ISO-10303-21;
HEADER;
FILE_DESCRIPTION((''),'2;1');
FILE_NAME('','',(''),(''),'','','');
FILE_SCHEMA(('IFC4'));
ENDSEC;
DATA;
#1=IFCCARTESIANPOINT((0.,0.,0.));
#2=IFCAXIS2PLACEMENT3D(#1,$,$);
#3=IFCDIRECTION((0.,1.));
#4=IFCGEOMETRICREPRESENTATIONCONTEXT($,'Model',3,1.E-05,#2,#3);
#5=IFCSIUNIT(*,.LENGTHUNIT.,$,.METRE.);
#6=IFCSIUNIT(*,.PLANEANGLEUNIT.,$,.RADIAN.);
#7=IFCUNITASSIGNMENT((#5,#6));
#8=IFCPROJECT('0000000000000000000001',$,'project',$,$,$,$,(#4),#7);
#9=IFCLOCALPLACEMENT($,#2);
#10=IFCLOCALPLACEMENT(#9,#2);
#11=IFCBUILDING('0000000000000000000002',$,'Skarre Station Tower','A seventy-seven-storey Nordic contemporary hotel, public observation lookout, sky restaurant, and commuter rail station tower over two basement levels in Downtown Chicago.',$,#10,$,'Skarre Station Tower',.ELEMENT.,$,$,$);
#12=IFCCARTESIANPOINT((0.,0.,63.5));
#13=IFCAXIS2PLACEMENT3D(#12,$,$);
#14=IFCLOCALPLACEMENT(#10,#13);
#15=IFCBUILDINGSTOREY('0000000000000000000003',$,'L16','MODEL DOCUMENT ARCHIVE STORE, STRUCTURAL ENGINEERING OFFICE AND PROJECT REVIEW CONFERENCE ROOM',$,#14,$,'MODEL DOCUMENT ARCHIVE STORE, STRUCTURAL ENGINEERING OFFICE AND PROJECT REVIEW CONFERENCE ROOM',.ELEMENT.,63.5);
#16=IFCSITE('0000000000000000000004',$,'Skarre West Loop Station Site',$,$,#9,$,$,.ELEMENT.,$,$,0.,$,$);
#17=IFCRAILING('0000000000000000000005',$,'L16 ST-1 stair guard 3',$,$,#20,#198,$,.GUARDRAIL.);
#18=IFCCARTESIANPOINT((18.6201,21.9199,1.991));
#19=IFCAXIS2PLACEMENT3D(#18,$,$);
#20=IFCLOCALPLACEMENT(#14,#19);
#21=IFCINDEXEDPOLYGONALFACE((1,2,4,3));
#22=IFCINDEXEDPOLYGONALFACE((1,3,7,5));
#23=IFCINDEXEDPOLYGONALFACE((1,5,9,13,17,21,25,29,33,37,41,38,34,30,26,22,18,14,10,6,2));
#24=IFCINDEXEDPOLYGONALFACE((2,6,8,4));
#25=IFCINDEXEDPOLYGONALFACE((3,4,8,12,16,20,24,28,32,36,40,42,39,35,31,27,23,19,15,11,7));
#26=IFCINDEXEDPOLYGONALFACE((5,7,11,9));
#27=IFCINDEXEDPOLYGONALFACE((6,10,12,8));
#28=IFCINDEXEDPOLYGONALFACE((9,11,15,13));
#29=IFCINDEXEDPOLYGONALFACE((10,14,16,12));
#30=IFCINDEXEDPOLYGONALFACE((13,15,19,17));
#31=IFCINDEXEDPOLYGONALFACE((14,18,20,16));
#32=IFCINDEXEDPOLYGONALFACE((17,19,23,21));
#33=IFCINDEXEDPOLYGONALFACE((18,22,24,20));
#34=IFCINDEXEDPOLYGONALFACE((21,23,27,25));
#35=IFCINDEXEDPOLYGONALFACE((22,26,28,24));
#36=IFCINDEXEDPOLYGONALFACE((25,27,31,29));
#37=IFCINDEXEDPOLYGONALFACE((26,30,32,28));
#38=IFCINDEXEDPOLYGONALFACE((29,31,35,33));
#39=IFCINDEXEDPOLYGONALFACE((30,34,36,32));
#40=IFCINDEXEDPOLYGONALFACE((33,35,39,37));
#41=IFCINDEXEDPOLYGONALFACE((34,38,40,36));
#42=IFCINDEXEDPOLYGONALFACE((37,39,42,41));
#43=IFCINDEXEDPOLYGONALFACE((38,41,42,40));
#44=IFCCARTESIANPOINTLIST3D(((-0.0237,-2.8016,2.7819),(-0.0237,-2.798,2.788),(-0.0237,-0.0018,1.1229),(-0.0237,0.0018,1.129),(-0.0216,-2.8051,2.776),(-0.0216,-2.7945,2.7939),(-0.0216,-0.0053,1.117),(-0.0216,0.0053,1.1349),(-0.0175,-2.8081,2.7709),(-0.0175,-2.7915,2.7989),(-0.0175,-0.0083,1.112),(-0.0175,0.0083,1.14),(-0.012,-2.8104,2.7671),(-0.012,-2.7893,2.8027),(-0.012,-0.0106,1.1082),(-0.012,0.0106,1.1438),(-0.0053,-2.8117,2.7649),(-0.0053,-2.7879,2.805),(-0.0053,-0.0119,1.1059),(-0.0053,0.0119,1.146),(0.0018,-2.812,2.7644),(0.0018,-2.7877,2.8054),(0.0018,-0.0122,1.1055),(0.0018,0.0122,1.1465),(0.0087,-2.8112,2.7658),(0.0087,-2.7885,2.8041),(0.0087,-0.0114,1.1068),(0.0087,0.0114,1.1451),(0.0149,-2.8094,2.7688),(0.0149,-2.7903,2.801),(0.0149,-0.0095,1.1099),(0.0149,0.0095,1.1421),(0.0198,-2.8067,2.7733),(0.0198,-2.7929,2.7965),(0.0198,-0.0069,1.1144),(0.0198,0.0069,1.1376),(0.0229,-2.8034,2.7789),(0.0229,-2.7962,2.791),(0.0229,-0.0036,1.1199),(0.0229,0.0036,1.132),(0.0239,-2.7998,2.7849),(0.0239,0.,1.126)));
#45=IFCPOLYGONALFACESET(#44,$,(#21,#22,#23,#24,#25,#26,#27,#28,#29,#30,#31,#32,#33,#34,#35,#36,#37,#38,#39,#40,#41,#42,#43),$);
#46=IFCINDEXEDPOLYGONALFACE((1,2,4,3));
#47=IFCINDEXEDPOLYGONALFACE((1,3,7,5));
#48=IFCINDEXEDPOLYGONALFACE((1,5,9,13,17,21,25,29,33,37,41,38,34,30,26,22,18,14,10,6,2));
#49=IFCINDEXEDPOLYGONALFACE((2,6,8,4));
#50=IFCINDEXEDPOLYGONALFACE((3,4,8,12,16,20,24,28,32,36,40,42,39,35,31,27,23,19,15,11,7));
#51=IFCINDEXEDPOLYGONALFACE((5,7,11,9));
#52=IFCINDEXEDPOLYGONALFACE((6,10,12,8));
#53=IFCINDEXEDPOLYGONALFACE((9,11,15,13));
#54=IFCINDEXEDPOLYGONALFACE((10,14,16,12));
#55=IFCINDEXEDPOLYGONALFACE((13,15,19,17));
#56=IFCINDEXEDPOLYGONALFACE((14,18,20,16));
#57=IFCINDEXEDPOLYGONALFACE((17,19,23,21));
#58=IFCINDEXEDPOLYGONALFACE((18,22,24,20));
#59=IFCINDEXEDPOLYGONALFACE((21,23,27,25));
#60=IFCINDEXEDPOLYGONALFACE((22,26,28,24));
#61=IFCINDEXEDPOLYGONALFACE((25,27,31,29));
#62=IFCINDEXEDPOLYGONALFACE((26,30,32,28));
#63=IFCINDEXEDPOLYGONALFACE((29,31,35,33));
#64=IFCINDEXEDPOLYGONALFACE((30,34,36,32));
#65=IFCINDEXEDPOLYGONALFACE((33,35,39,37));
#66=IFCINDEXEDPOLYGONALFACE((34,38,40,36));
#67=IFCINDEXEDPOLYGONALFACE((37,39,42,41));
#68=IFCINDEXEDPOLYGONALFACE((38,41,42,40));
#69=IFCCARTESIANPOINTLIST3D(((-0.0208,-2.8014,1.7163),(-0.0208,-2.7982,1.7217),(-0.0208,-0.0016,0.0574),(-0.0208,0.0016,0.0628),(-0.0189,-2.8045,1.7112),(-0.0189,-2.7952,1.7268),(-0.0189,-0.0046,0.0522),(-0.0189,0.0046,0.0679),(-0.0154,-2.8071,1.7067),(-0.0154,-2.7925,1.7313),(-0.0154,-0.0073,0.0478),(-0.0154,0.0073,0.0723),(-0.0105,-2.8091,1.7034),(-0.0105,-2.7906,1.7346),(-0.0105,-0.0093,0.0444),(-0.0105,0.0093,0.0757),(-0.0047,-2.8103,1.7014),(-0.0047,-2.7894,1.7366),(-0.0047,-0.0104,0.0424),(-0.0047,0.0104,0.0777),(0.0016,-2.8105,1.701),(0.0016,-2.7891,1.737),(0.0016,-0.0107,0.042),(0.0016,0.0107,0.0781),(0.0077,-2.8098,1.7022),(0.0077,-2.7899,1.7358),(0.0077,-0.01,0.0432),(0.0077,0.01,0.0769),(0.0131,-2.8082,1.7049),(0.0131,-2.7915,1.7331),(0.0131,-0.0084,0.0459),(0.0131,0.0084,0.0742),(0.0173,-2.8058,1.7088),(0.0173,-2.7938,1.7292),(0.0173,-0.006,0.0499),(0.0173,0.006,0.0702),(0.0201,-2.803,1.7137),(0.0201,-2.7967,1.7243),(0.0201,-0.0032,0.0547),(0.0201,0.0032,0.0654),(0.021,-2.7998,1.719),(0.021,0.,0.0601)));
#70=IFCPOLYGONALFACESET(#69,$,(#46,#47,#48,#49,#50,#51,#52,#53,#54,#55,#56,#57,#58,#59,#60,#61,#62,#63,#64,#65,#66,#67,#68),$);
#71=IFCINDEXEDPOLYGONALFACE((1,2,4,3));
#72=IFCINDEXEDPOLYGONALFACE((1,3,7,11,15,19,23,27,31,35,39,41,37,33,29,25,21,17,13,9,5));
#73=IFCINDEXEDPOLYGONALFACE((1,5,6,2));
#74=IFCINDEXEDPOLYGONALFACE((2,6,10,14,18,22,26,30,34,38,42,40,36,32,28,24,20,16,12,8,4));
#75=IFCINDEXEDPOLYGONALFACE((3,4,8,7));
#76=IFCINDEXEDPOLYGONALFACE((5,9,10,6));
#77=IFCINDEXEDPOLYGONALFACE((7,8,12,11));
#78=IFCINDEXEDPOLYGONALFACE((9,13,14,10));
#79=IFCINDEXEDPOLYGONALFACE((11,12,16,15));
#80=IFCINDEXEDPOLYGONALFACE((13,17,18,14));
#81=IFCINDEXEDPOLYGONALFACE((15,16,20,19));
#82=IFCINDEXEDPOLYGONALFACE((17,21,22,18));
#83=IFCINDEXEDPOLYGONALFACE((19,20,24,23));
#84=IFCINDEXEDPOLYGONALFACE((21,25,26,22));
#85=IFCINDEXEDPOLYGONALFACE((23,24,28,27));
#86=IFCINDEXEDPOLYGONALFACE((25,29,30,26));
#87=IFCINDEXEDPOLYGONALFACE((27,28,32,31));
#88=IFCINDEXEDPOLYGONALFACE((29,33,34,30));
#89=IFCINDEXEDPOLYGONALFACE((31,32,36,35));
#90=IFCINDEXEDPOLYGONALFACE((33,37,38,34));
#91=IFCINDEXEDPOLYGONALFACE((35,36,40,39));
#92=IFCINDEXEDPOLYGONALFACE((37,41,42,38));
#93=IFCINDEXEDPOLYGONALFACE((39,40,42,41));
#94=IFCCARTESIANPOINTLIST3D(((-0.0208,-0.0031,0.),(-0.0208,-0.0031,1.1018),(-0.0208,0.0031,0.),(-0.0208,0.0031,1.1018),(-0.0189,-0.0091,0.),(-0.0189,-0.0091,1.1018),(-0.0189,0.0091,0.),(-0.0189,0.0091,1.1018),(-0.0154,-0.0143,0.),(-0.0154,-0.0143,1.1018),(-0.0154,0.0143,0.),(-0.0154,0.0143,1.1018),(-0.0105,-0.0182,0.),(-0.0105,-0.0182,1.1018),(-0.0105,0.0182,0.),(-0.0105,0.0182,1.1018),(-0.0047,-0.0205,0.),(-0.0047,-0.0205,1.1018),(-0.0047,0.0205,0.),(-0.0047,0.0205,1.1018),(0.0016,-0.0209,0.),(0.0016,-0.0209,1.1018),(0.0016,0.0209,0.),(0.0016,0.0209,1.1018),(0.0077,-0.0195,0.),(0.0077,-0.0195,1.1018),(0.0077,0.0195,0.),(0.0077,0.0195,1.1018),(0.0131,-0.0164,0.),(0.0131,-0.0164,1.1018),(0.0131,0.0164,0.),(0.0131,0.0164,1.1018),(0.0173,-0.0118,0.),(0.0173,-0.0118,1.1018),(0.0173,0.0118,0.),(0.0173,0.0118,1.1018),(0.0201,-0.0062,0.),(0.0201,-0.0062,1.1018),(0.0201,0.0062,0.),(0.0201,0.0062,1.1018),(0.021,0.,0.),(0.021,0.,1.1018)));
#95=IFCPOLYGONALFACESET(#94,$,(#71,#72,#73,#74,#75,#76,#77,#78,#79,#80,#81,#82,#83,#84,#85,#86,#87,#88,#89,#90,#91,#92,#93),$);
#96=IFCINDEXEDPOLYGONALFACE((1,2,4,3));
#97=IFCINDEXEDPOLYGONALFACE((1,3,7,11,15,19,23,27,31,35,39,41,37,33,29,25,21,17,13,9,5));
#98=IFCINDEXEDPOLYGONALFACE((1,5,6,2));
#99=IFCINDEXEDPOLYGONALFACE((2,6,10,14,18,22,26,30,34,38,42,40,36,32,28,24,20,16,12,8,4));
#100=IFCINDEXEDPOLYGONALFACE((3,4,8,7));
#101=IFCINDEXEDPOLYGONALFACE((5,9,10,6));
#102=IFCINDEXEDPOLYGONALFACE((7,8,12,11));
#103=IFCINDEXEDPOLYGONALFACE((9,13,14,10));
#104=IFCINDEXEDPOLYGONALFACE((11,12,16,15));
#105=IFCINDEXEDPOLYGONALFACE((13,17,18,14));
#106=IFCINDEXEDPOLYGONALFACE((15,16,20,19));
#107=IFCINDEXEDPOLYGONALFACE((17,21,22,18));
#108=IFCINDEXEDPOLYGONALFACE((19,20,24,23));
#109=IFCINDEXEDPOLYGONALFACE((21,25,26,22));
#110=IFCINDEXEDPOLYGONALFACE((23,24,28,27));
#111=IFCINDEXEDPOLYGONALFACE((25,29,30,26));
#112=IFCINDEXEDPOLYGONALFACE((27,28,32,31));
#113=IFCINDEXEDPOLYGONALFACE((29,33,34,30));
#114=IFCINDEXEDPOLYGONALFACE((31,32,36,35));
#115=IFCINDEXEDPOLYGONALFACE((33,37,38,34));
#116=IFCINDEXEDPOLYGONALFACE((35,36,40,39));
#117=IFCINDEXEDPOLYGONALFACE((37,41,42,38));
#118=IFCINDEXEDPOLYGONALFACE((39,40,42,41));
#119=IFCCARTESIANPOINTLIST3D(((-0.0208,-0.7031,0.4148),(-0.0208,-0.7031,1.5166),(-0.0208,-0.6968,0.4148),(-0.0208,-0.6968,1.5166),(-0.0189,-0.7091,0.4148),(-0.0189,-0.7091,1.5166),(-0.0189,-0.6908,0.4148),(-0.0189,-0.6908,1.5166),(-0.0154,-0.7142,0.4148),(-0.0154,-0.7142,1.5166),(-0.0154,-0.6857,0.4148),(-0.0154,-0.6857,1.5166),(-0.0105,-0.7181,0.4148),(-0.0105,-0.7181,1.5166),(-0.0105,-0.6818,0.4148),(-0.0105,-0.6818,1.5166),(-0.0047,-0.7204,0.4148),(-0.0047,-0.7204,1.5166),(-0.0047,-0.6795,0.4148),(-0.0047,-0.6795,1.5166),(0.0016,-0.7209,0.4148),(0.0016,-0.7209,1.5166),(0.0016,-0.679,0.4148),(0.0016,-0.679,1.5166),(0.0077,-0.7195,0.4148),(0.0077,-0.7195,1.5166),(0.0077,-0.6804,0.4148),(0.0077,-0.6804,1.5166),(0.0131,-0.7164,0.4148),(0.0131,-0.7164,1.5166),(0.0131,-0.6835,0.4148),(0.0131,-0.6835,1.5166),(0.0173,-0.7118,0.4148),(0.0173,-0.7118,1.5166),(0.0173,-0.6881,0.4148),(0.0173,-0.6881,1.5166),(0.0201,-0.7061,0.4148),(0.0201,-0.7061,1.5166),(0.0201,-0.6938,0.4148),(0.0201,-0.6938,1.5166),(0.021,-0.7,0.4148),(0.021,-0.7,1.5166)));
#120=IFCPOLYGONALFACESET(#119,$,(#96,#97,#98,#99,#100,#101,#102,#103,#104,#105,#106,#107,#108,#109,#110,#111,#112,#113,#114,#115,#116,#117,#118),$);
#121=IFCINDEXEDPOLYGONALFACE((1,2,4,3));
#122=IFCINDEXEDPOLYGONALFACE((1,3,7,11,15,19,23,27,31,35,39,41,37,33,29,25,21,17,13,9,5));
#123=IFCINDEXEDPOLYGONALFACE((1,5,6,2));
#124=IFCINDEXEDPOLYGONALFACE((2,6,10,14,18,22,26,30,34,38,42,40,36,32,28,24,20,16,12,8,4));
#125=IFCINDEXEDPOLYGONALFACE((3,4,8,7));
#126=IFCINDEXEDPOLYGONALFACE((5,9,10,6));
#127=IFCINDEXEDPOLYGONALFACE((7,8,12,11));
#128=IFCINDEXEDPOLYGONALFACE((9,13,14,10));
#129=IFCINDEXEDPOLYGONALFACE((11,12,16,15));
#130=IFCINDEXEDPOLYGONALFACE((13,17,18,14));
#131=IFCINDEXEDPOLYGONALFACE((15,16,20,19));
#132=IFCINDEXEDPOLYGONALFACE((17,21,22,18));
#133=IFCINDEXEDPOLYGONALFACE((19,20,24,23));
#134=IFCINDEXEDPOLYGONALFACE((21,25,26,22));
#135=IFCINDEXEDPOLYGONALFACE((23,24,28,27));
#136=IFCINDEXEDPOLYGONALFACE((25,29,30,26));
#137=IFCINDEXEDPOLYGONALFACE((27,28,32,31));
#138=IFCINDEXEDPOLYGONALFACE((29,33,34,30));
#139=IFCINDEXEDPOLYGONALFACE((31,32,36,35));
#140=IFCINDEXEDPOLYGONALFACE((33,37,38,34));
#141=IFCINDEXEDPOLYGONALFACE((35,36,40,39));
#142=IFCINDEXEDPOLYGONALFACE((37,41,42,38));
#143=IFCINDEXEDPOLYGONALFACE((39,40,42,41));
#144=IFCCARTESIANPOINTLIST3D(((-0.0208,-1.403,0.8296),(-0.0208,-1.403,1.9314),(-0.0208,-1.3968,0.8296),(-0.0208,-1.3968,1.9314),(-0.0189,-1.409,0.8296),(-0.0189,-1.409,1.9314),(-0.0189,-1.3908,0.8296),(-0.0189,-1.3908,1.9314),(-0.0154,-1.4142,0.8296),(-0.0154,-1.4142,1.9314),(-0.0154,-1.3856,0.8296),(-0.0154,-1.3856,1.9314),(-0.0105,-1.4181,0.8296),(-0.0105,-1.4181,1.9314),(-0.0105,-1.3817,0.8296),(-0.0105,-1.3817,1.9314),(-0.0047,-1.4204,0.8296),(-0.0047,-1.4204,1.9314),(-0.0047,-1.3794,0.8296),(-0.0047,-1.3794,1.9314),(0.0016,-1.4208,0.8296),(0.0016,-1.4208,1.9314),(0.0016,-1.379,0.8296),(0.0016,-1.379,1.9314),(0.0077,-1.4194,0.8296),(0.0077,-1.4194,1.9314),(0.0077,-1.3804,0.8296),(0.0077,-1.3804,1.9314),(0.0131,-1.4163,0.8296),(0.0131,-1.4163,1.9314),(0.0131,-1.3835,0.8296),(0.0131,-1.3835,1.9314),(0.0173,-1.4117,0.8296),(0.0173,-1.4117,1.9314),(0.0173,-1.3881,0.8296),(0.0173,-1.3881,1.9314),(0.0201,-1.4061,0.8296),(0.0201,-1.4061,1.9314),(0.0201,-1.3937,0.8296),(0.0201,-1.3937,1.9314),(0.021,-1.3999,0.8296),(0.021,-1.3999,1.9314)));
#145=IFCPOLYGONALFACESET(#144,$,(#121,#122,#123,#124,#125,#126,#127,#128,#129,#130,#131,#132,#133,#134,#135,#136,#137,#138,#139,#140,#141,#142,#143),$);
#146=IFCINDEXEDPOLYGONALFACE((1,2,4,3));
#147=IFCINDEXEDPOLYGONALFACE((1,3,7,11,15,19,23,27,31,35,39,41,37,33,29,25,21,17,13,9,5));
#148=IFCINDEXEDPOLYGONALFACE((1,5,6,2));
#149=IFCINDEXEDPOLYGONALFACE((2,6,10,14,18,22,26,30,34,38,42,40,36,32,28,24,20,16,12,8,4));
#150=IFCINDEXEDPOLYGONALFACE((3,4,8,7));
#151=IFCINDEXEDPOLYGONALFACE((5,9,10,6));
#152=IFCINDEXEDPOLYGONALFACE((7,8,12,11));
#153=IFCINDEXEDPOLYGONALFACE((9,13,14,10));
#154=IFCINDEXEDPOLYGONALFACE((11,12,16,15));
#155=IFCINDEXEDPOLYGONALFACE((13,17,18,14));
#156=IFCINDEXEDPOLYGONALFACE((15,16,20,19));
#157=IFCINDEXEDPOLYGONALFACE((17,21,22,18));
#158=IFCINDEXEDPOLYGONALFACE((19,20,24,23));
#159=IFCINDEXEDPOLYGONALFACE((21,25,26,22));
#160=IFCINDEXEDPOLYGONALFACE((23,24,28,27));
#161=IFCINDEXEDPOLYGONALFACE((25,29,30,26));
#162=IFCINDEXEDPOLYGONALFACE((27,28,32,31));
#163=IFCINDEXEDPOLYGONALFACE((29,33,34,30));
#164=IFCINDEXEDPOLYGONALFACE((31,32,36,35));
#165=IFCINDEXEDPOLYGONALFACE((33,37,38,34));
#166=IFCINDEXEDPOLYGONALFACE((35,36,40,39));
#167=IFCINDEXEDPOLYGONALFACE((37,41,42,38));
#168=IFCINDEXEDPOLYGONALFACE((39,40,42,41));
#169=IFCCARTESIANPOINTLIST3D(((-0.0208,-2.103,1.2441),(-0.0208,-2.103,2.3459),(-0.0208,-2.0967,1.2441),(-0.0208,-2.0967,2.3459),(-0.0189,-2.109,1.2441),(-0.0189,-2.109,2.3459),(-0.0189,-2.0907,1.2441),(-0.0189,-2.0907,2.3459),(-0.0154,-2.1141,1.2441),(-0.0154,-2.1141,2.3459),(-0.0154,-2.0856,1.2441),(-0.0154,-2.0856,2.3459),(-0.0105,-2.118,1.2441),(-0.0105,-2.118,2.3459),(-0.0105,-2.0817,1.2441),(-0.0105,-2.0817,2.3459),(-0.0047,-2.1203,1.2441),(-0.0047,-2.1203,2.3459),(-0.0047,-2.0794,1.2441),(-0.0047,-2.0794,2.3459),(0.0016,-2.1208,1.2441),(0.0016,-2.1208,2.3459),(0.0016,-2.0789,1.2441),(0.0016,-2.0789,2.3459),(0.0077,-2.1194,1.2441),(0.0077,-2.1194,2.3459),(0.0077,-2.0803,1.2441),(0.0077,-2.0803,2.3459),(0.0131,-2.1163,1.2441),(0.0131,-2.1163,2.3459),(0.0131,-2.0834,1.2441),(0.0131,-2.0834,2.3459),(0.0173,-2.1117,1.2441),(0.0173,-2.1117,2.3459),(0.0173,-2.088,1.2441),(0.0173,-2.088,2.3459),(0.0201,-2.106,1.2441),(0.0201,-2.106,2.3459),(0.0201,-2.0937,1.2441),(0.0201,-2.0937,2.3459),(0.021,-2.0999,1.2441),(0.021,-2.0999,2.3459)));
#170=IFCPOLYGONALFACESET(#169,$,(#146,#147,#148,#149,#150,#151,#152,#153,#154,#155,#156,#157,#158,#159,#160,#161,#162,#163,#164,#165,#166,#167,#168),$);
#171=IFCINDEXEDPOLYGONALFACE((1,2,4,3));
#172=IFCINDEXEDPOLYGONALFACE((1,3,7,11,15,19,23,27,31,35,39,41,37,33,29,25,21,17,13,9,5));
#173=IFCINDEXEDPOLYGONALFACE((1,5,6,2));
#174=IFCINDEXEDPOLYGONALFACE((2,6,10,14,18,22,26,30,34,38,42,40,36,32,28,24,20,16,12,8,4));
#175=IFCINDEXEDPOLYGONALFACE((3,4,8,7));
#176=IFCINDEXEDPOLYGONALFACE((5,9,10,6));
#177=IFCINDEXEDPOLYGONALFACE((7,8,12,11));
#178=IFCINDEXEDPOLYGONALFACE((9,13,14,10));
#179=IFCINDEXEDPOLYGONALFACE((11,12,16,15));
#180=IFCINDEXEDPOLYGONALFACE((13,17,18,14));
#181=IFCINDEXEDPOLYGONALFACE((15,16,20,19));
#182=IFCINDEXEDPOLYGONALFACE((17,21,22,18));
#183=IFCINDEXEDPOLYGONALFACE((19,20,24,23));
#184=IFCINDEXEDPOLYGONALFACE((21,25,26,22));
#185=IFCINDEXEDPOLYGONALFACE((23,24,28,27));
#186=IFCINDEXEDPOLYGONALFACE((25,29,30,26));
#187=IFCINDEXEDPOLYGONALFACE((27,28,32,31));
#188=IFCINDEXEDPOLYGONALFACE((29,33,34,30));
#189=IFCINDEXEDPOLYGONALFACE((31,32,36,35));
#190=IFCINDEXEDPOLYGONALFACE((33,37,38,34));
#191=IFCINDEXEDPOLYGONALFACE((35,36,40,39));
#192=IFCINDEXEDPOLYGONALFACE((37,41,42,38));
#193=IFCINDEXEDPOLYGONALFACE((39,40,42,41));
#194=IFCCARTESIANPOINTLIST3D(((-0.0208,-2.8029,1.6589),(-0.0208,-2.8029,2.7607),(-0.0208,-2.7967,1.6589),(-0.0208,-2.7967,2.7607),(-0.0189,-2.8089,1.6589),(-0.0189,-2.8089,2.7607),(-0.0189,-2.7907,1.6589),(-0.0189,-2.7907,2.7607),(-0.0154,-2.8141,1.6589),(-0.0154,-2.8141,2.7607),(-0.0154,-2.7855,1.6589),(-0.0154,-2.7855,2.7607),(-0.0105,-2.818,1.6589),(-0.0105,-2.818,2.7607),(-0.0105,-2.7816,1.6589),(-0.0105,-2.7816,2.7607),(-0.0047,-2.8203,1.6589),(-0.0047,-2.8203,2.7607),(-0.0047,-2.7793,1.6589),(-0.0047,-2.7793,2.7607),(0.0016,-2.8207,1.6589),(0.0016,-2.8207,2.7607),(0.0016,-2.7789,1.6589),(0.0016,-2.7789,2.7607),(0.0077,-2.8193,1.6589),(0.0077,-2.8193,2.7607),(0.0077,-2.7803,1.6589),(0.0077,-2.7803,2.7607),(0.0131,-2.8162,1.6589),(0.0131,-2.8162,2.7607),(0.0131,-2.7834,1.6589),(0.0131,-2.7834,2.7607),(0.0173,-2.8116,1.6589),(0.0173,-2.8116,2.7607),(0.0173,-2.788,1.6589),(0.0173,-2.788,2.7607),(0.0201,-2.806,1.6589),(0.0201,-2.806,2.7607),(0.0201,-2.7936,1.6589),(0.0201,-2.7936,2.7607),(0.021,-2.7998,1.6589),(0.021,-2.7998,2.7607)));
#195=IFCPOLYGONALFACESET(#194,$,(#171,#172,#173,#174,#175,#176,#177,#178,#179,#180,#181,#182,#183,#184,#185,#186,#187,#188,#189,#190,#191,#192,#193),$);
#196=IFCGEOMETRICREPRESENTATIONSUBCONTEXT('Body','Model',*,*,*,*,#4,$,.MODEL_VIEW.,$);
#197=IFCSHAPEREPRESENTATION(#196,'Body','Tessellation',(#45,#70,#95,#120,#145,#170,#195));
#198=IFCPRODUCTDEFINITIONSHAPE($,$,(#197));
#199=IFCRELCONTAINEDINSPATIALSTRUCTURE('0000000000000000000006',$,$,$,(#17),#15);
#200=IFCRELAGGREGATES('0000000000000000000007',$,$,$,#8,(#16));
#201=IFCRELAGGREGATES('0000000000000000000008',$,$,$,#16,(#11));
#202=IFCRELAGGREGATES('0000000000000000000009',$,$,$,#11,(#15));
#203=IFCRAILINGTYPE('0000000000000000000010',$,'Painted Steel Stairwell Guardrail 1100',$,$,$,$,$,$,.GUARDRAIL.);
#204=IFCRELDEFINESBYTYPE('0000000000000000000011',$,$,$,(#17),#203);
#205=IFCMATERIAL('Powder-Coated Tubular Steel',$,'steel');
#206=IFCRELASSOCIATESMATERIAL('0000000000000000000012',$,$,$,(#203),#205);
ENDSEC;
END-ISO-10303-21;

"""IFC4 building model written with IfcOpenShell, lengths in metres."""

from ifc_helpers import new_model, si_unit, direction, frame, origin, origin_2d, place, context, subcontext, project, spatial, circle, extrude, material, type_object, element, save


model = new_model("IFC4")

# Units and contexts
model_context = context("Model", 3, precision=1e-05, world=origin(), true_north=direction((0.0, 1.0)))
body_context = subcontext(model_context, "Body", "Model", "MODEL_VIEW")
ifc_project = project(units=[si_unit("LENGTHUNIT", "METRE"), si_unit("PLANEANGLEUNIT", "RADIAN")], contexts=[model_context])

# Site, building, storey
site_placement = place(None, origin())
site = spatial("IfcSite", under=ifc_project, at=site_placement, Name="Skarre West Loop Station Site", CompositionType="ELEMENT", RefElevation=0.0)
building_placement = place(site_placement, origin())
building = spatial("IfcBuilding", under=site, at=building_placement, Name="Skarre Station Tower", Description="A seventy-seven-storey Nordic contemporary hotel, public observation lookout, sky restaurant, and commuter rail station tower over two basement levels in Downtown Chicago.", LongName="Skarre Station Tower", CompositionType="ELEMENT")
storey_placement = place(building_placement, frame((0.0, 0.0, 63.5)))
storey = spatial("IfcBuildingStorey", under=building, at=storey_placement, Name="L16", Description="MODEL DOCUMENT ARCHIVE STORE, STRUCTURAL ENGINEERING OFFICE AND PROJECT REVIEW CONFERENCE ROOM", LongName="MODEL DOCUMENT ARCHIVE STORE, STRUCTURAL ENGINEERING OFFICE AND PROJECT REVIEW CONFERENCE ROOM", CompositionType="ELEMENT", Elevation=63.5)

# Railing
ifc_material_1 = material(Name="Powder-Coated Tubular Steel", Category="steel")
railing_type_1 = type_object("IfcRailingType", Name="Painted Steel Stairwell Guardrail 1100", PredefinedType="GUARDRAIL", material=ifc_material_1)
railing_1_placement = place(storey_placement, frame((18.6201, 21.9199, 1.991)))
element("IfcRailing", 1, at=railing_1_placement, inside=storey, type_object=railing_type_1, Name="L16 ST-1 stair guard 3", PredefinedType="GUARDRAIL", context=body_context, shape_type="SweptSolid", body=[
    extrude(circle(Radius=0.0239, at=origin_2d()), frame((0.0, 0.0, 1.126), z_axis=(0.0, -0.86032, 0.509755), x_axis=(1.0, 0.0, 0.0)), (0.0, 0.0, 1.0), 3.2544),
    extrude(circle(Radius=0.021, at=origin_2d()), frame((0.0, 0.0, 0.0601), z_axis=(0.0, -0.86032, 0.509755), x_axis=(1.0, 0.0, 0.0)), (0.0, 0.0, 1.0), 3.2544),
    extrude(circle(Radius=0.021, at=origin_2d()), origin(), (0.0, 0.0, 1.0), 1.1018),
    extrude(circle(Radius=0.021, at=origin_2d()), frame((0.0, -0.7, 0.4148)), (0.0, 0.0, 1.0), 1.1018),
    extrude(circle(Radius=0.021, at=origin_2d()), frame((0.0, -1.3999, 0.8296)), (0.0, 0.0, 1.0), 1.1018),
    extrude(circle(Radius=0.021, at=origin_2d()), frame((0.0, -2.0999, 1.2441)), (0.0, 0.0, 1.0), 1.1018),
    extrude(circle(Radius=0.021, at=origin_2d()), frame((0.0, -2.7998, 1.6589)), (0.0, 0.0, 1.0), 1.1018),
])

save(model, "model.ifc")
